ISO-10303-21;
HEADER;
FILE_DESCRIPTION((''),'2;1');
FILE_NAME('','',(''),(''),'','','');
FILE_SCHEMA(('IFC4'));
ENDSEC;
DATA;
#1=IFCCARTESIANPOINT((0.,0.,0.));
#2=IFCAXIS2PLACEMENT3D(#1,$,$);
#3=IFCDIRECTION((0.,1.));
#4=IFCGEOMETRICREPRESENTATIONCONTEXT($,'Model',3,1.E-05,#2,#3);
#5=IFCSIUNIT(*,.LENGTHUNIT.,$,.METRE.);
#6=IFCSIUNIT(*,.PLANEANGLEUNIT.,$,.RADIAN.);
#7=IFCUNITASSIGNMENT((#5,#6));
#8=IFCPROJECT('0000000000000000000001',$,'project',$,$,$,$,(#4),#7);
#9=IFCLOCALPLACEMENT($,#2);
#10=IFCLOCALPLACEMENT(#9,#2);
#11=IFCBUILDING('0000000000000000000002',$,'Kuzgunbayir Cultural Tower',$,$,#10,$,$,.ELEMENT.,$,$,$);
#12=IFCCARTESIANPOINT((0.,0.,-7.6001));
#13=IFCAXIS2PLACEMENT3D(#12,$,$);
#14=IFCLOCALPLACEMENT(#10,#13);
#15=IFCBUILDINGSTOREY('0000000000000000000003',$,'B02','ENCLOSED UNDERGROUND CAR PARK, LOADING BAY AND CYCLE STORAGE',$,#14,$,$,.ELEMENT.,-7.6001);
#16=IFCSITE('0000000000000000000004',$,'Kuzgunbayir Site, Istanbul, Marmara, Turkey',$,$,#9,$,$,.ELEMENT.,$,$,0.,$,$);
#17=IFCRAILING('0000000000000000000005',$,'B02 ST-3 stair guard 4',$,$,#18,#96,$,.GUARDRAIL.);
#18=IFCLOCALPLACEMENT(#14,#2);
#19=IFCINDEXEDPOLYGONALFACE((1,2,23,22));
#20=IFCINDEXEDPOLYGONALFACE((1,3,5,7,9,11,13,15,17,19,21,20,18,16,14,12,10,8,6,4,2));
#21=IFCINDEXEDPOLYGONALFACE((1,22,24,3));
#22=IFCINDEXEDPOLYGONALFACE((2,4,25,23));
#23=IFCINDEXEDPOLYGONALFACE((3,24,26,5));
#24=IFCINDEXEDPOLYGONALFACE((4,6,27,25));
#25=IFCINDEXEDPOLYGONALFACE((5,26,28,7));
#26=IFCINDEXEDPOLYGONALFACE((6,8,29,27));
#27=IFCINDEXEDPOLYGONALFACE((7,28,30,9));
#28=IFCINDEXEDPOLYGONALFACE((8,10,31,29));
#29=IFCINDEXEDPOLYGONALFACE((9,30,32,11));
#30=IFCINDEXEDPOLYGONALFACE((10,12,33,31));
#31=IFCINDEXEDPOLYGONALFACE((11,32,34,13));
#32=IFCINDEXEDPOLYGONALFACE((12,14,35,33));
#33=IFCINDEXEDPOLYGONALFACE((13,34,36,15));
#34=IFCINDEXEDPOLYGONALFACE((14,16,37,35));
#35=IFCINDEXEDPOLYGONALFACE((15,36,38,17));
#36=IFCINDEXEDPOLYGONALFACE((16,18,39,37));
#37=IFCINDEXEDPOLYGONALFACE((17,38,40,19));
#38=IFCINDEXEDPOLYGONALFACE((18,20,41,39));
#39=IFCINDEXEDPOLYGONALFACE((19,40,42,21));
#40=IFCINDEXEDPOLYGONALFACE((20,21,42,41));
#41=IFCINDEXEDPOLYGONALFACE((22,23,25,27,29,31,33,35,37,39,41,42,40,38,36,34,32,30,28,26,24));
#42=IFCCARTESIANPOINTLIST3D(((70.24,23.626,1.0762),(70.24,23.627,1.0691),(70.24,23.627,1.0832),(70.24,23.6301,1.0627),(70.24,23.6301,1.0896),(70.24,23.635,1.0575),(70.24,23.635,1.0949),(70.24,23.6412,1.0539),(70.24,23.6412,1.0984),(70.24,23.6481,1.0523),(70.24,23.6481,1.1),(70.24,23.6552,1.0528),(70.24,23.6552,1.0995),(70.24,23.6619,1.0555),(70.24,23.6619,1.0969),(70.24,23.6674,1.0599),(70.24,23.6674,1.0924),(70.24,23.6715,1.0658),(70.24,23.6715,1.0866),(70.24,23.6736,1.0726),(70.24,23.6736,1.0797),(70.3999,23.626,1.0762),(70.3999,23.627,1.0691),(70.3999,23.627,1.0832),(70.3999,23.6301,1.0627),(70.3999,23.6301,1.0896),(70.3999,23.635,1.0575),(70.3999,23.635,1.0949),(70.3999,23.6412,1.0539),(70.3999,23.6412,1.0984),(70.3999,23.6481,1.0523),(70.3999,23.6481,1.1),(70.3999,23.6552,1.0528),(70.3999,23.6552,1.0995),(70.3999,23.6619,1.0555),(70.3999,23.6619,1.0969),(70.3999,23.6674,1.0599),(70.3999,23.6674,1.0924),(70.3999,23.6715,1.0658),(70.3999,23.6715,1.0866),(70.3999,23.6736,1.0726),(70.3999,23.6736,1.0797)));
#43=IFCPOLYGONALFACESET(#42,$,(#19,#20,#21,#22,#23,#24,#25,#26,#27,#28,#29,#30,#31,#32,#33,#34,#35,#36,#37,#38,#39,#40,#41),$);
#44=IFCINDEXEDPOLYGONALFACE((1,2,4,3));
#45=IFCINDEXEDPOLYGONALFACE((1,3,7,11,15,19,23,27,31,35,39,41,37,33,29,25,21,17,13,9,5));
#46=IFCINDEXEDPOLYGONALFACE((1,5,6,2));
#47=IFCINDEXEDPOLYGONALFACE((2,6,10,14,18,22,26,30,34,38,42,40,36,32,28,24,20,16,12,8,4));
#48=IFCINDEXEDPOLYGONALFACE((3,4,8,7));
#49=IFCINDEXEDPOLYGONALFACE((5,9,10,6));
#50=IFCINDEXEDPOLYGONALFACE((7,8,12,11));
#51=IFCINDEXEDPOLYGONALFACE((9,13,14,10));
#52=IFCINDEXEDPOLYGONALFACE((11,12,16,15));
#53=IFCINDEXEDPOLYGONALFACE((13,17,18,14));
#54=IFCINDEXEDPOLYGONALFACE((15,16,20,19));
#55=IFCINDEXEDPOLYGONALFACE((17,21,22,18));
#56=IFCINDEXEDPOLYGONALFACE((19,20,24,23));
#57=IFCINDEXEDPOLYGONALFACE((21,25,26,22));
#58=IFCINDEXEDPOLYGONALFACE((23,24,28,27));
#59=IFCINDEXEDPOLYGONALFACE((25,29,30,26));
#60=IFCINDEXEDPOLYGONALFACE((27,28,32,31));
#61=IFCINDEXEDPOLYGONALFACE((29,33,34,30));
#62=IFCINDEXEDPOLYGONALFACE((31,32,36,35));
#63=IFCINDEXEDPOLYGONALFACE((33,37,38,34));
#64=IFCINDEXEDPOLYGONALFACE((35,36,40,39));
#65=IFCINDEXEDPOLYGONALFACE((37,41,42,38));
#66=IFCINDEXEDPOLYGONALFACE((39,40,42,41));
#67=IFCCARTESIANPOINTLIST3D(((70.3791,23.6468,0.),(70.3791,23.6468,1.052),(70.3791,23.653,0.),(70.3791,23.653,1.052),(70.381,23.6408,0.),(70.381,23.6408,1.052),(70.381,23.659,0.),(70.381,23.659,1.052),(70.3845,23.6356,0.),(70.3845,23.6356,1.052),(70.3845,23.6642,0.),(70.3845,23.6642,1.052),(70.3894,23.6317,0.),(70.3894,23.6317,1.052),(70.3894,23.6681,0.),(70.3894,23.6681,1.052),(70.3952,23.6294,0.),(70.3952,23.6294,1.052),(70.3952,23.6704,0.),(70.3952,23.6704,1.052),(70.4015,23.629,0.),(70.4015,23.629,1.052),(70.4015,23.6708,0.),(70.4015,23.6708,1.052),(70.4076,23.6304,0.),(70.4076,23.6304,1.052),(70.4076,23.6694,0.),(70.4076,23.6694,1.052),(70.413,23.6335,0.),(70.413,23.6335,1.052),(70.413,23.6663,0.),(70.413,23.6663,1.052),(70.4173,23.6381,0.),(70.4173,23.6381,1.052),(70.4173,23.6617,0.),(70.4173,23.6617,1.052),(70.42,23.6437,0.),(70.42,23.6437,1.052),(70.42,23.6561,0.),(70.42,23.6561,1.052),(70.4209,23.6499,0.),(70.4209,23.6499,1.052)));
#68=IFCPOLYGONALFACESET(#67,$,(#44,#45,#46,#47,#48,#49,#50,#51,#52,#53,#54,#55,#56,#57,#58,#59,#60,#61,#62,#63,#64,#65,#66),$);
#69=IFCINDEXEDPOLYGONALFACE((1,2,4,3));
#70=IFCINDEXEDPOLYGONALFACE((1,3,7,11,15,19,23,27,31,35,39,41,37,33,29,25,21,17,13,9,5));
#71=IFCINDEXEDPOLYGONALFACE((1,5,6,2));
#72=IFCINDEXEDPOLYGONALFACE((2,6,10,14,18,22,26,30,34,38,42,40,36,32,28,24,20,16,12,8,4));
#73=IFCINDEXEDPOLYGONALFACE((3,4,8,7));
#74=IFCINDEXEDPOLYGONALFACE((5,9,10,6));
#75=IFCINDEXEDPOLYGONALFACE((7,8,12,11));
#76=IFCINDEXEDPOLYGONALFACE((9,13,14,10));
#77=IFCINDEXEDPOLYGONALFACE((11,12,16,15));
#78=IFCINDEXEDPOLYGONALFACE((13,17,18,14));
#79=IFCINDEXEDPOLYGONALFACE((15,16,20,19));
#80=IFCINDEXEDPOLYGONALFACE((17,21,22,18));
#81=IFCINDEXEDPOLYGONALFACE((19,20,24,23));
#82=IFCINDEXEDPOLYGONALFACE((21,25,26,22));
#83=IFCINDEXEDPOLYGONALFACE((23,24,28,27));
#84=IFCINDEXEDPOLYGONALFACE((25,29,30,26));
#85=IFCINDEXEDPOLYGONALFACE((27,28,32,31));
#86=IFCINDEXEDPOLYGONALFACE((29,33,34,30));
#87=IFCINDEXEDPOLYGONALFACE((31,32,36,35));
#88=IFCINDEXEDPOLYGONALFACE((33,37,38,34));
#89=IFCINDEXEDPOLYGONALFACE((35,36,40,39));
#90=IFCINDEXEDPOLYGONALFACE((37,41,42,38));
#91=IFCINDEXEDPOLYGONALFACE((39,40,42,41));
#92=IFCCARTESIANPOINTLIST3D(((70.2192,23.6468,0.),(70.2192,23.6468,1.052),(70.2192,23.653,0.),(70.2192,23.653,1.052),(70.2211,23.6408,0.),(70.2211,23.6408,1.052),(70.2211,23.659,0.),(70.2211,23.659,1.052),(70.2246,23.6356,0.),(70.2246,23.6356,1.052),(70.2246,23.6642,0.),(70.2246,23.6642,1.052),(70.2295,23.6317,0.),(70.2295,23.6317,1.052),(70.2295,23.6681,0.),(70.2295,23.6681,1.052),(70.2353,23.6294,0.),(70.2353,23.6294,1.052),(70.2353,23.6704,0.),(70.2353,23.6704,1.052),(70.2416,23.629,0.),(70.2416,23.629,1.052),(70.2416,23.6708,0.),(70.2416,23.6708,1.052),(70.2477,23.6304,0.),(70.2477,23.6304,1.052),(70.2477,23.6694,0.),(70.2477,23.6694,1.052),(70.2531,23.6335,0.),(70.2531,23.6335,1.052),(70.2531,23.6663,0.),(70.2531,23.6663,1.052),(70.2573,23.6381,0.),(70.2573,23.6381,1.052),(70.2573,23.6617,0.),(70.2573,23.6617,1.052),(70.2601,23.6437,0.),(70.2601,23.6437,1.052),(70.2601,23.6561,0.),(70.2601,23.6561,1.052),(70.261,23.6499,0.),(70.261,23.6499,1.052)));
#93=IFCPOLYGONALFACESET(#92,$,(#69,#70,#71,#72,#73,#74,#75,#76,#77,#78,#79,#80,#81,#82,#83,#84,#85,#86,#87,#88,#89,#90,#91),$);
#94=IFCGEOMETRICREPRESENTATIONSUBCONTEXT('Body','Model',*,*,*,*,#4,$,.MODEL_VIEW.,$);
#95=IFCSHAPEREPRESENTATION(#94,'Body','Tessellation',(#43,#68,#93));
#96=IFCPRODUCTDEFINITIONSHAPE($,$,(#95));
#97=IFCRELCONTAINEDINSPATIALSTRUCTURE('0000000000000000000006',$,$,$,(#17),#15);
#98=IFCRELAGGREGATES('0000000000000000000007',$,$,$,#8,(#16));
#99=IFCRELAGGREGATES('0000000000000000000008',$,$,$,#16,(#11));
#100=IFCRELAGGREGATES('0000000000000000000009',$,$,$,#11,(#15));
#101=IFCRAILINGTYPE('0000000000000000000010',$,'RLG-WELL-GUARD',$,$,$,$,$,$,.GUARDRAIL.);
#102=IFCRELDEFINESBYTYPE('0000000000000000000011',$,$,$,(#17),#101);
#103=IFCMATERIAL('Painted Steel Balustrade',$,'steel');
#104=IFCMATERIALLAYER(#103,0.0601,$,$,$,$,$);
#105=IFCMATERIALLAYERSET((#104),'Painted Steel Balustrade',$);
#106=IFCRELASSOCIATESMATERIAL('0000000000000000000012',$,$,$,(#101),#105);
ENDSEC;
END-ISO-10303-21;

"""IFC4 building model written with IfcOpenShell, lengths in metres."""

from ifc_helpers import new_model, si_unit, direction, frame, origin, origin_2d, place, context, subcontext, project, spatial, circle, extrude, material, layer, layer_set, type_object, element, save


model = new_model("IFC4")

# Units and contexts
model_context = context("Model", 3, precision=1e-05, world=origin(), true_north=direction((0.0, 1.0)))
body_context = subcontext(model_context, "Body", "Model", "MODEL_VIEW")
ifc_project = project(units=[si_unit("LENGTHUNIT", "METRE"), si_unit("PLANEANGLEUNIT", "RADIAN")], contexts=[model_context])

# Site, building, storey
site_placement = place(None, origin())
site = spatial("IfcSite", under=ifc_project, at=site_placement, Name="Kuzgunbayir Site, Istanbul, Marmara, Turkey", CompositionType="ELEMENT", RefElevation=0.0)
building_placement = place(site_placement, origin())
building = spatial("IfcBuilding", under=site, at=building_placement, Name="Kuzgunbayir Cultural Tower", CompositionType="ELEMENT")
storey_placement = place(building_placement, frame((0.0, 0.0, -7.6001)))
storey = spatial("IfcBuildingStorey", under=building, at=storey_placement, Name="B02", Description="ENCLOSED UNDERGROUND CAR PARK, LOADING BAY AND CYCLE STORAGE", CompositionType="ELEMENT", Elevation=-7.6001)

# Railing
ifc_material_1 = material(Name="Painted Steel Balustrade", Category="steel")
ifc_layer_1 = layer(ifc_material_1, 0.0601)
ifc_layer_set_1 = layer_set([ifc_layer_1], Name="Painted Steel Balustrade")
railing_type_1 = type_object("IfcRailingType", Name="RLG-WELL-GUARD", PredefinedType="GUARDRAIL", material=ifc_layer_set_1)
railing_1_placement = place(storey_placement, frame((70.3999, 23.6499, 0.0)))
element("IfcRailing", 1, at=railing_1_placement, inside=storey, type_object=railing_type_1, Name="B02 ST-3 stair guard 4", PredefinedType="GUARDRAIL", context=body_context, shape_type="SweptSolid", body=[
    extrude(circle(Radius=0.0239, at=origin_2d()), frame((0.0, 0.0, 1.0762), z_axis=(-1.0, 0.0, 0.0), x_axis=(0.0, -1.0, 0.0)), (0.0, 0.0, 1.0), 0.1599),
    extrude(circle(Radius=0.021, at=origin_2d()), origin(), (0.0, 0.0, 1.0), 1.052),
    extrude(circle(Radius=0.021, at=origin_2d()), frame((-0.1599, 0.0, 0.0)), (0.0, 0.0, 1.0), 1.052),
])

save(model, "model.ifc")
